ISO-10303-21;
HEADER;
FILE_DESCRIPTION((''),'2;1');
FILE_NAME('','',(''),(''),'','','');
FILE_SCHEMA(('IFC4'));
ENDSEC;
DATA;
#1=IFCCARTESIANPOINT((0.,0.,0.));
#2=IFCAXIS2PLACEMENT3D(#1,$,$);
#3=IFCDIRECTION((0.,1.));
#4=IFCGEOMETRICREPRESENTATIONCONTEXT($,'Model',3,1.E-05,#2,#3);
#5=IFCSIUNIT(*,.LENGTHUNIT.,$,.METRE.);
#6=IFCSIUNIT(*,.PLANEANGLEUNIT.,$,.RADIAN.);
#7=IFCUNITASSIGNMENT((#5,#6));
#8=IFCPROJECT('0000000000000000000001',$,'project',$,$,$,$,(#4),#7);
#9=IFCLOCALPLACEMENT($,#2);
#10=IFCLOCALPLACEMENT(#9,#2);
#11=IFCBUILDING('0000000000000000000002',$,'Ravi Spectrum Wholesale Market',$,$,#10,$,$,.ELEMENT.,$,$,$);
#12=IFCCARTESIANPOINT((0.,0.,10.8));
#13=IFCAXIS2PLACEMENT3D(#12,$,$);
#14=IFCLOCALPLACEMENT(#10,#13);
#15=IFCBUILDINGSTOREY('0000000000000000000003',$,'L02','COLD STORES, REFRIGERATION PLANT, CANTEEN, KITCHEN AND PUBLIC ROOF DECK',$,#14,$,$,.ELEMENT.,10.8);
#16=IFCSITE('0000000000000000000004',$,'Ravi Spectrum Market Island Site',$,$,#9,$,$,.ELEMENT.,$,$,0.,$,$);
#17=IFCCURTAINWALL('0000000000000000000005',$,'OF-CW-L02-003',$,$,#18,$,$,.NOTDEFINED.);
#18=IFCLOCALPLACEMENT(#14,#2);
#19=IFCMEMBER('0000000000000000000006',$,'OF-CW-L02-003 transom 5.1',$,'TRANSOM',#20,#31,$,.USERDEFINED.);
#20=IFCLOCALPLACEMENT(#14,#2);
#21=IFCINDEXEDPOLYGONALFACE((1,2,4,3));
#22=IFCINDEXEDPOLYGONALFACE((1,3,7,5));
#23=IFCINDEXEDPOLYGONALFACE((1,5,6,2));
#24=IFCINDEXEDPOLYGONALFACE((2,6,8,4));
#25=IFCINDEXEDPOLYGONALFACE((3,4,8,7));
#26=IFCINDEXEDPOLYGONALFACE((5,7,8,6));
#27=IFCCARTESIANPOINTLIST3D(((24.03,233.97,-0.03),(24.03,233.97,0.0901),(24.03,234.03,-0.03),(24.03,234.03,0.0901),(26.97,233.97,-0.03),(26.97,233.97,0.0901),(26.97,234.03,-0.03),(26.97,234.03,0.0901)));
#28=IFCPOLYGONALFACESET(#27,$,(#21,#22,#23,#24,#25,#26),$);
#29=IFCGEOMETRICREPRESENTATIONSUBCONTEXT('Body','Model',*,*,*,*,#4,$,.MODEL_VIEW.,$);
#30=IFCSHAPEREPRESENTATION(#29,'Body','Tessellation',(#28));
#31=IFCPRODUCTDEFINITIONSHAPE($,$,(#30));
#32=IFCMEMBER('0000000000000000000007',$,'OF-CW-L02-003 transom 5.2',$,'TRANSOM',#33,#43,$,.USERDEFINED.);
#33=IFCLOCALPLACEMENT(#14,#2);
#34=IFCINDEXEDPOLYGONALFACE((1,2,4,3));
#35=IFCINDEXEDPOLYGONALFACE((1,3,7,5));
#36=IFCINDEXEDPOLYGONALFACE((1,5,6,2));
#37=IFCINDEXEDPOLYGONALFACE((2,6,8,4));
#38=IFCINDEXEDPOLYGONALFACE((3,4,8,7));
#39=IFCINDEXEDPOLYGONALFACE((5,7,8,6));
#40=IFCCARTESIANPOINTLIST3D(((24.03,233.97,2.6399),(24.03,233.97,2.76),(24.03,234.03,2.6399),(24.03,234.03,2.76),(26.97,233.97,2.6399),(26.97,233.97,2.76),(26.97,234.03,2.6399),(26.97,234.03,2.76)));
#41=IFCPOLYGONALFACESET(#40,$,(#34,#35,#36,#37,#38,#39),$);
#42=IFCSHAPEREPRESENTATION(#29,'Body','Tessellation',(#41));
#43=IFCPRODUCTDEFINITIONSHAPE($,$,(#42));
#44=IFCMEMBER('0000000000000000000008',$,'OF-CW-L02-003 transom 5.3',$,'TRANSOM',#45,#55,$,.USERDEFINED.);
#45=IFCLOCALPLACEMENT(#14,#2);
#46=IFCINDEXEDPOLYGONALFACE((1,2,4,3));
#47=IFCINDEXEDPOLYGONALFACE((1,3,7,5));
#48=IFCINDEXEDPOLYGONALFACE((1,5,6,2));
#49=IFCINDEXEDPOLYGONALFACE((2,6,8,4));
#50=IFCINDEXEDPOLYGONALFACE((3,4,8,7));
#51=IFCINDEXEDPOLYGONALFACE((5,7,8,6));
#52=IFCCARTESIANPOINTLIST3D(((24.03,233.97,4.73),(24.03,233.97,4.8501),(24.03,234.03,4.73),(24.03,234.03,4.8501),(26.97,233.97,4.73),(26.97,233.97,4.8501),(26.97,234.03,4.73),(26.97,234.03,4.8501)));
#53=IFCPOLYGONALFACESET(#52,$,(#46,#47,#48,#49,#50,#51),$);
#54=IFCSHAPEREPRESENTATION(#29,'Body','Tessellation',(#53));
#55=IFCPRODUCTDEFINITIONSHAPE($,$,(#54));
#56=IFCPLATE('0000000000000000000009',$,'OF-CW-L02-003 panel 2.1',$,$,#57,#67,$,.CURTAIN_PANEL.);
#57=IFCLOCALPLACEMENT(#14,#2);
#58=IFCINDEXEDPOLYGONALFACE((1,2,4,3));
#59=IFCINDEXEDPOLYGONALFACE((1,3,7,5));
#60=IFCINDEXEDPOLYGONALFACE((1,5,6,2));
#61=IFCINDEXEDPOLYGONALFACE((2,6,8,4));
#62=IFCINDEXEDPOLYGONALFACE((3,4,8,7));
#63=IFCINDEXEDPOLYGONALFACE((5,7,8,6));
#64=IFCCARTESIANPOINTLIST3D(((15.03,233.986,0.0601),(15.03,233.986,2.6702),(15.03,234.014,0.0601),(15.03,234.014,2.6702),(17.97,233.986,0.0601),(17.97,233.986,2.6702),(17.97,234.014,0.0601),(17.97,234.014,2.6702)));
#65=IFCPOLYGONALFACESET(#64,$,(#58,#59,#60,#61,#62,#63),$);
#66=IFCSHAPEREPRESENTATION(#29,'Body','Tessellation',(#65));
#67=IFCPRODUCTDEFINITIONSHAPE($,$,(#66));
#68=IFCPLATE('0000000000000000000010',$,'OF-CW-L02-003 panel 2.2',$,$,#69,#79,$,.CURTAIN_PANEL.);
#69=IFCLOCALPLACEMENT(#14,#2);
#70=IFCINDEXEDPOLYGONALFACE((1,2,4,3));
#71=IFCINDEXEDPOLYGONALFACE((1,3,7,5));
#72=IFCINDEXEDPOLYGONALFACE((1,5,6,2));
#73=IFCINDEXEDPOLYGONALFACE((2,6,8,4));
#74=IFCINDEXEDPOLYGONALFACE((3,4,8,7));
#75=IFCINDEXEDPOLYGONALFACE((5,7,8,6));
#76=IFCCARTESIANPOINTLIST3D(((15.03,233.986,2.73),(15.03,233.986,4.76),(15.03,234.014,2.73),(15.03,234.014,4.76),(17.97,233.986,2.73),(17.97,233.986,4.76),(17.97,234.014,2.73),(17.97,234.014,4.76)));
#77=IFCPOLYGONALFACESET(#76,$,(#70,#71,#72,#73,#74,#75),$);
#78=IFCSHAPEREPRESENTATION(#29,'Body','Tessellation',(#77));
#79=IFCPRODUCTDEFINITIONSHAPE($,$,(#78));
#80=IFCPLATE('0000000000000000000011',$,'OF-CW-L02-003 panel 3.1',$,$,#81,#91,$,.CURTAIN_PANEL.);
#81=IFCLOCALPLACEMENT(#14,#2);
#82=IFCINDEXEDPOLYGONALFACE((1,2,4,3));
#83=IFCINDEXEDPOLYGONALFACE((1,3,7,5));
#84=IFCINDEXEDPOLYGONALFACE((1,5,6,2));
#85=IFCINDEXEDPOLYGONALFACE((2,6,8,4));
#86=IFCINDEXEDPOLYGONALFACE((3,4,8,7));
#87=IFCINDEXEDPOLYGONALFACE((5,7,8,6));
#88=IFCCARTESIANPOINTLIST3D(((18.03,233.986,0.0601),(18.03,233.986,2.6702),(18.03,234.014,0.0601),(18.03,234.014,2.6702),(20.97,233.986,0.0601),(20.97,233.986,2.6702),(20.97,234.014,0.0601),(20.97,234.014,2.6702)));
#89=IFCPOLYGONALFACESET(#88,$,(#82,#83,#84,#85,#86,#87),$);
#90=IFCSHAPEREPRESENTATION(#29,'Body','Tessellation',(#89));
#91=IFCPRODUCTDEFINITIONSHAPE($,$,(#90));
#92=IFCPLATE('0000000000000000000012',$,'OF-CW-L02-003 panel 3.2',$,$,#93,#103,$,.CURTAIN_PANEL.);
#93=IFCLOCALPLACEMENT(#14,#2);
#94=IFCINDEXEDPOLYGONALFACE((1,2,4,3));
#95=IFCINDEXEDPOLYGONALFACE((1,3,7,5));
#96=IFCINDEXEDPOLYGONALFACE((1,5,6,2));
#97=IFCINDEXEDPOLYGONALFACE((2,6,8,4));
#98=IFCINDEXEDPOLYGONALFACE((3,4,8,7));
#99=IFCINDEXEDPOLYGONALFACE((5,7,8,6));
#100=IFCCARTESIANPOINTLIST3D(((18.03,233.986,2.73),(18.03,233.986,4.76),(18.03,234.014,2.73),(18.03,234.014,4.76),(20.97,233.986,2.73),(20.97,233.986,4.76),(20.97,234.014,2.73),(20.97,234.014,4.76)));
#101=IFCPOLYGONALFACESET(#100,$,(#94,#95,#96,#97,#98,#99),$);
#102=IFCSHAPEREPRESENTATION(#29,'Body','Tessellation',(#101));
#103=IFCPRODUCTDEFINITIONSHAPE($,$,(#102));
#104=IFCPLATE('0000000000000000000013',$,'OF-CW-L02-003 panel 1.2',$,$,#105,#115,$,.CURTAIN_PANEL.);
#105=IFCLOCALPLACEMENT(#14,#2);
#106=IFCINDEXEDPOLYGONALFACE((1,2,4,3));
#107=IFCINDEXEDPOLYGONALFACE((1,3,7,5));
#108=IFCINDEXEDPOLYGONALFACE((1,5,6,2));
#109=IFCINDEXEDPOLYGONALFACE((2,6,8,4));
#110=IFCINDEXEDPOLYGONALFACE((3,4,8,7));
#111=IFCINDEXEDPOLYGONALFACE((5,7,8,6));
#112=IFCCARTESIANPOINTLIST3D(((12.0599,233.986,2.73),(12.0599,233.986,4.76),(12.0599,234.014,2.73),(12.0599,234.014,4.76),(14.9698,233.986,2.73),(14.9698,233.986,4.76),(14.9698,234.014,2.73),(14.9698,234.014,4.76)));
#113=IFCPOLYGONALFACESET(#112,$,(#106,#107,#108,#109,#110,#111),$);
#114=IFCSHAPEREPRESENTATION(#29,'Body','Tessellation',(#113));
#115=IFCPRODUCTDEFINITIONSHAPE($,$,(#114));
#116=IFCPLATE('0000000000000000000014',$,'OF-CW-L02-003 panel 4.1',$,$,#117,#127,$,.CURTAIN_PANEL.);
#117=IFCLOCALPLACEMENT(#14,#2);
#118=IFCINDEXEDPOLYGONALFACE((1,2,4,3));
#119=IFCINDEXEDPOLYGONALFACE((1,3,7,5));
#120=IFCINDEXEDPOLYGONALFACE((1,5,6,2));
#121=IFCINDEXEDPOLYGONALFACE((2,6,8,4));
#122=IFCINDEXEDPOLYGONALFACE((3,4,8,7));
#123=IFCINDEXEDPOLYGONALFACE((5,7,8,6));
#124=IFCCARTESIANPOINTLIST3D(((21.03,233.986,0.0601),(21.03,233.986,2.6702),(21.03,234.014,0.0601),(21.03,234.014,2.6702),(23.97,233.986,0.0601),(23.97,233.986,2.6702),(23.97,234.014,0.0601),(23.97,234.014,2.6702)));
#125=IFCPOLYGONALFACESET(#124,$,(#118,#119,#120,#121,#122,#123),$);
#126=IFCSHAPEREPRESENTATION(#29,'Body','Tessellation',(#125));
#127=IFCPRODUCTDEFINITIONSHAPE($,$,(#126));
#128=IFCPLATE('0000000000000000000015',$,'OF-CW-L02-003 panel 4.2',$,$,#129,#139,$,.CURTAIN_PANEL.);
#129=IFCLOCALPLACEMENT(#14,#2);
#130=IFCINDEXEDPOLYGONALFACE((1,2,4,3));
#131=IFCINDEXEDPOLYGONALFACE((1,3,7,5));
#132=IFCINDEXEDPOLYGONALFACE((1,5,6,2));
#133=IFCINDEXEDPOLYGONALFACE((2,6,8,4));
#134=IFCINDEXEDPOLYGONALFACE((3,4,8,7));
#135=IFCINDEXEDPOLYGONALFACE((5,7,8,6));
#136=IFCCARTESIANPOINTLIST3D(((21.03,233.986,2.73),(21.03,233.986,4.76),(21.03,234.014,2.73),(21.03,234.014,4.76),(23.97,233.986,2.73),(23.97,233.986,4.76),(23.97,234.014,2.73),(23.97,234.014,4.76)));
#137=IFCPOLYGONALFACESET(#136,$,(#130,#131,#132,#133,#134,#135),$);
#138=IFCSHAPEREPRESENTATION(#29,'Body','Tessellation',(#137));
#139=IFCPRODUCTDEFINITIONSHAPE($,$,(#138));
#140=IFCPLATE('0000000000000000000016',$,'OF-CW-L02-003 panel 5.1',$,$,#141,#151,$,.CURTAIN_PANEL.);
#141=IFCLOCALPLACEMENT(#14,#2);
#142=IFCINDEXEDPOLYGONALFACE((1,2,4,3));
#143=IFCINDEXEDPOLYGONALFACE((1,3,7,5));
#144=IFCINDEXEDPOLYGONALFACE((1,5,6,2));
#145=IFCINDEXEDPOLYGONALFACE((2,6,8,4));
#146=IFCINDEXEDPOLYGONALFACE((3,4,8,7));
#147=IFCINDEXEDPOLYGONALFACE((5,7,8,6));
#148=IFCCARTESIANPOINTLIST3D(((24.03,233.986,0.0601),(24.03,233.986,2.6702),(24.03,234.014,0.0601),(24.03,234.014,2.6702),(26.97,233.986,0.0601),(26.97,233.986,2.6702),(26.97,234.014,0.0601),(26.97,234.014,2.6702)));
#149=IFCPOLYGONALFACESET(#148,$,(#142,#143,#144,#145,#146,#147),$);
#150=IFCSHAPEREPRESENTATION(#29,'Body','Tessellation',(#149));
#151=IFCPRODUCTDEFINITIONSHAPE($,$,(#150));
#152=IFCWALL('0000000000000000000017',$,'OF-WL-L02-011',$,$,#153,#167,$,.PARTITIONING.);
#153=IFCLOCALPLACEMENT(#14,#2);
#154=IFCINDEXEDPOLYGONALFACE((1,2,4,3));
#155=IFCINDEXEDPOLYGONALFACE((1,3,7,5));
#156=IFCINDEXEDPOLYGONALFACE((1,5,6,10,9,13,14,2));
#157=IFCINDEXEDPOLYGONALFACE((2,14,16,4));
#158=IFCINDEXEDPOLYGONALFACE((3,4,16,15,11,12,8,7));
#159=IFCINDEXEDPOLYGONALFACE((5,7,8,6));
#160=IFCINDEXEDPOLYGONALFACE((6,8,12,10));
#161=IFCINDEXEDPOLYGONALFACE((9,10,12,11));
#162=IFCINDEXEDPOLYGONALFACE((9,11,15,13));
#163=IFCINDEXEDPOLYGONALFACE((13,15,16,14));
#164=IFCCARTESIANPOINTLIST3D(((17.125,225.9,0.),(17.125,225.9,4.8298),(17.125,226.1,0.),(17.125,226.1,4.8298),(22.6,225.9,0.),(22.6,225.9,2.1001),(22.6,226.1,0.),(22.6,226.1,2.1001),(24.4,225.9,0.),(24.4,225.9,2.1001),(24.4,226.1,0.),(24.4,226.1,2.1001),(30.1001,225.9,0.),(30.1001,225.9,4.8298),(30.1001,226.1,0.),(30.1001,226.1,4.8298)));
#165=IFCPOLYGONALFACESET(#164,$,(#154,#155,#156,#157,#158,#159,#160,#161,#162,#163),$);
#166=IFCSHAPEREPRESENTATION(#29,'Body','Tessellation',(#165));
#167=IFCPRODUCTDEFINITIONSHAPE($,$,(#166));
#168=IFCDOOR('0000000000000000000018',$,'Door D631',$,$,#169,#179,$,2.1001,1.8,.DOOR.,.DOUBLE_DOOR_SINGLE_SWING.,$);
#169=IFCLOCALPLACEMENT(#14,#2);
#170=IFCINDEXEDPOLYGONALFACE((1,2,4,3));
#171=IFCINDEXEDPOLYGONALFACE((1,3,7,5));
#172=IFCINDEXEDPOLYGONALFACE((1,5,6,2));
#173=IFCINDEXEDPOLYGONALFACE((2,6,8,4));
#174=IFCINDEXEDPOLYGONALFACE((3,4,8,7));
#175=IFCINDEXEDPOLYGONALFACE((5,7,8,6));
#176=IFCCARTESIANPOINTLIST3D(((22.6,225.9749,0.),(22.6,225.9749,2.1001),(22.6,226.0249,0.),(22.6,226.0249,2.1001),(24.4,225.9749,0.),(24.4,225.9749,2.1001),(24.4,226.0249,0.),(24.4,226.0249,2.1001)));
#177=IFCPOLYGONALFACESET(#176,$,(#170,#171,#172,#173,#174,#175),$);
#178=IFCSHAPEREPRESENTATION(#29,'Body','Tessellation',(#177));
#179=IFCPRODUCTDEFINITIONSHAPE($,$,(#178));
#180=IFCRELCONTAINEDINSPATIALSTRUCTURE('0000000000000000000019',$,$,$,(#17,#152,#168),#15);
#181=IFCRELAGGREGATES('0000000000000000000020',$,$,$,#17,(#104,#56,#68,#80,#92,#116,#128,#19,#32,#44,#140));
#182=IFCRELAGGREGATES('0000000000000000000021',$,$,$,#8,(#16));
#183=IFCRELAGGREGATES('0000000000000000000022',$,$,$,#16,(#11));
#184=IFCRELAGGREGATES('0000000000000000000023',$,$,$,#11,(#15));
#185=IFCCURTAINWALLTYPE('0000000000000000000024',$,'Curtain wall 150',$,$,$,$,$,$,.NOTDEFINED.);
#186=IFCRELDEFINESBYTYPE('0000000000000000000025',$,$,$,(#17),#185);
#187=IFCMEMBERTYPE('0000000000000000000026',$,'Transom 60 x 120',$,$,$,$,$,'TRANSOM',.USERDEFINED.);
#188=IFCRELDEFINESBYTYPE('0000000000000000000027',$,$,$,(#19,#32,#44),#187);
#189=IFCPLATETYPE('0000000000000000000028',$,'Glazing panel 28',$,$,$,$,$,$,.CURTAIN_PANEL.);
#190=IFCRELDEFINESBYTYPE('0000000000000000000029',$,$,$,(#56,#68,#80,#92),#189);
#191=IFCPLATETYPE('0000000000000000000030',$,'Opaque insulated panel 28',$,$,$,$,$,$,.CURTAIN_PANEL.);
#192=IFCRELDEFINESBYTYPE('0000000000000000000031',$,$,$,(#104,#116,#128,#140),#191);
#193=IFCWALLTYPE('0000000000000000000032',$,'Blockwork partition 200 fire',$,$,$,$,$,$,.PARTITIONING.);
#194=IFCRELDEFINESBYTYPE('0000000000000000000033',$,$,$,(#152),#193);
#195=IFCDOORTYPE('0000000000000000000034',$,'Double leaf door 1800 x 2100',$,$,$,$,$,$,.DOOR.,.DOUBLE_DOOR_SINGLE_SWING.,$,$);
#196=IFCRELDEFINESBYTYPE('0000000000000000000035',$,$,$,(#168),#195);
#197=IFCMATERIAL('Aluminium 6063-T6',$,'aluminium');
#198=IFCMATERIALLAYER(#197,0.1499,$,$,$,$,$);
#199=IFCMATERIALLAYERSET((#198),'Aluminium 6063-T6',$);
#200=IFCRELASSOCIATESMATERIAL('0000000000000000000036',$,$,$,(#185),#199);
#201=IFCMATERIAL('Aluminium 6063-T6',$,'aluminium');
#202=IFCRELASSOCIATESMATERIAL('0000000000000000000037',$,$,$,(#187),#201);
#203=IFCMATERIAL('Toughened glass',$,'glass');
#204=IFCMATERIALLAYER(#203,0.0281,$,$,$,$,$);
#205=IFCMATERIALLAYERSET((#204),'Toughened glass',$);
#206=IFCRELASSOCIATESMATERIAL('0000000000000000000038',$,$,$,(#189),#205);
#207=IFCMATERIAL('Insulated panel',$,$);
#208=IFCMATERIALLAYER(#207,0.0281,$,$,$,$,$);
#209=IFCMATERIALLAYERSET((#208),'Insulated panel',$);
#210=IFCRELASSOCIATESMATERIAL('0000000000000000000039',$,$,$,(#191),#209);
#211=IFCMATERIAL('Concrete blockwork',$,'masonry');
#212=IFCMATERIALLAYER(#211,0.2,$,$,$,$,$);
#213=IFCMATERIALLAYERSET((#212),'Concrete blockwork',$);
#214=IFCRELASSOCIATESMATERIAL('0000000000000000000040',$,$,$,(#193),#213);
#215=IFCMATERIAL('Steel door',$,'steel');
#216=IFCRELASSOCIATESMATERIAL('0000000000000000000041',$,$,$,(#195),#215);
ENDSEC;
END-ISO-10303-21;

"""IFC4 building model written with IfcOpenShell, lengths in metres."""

from ifc_helpers import new_model, si_unit, direction, frame, frame_2d, origin, origin_2d, place, context, subcontext, project, spatial, rectangle, extrude, material, layer, layer_set, material_profile, profile_set, type_object, element, fill, aggregate, save


model = new_model("IFC4")

# Units and contexts
model_context = context("Model", 3, precision=1e-05, world=origin(), true_north=direction((0.0, 1.0)))
body_context = subcontext(model_context, "Body", "Model", "MODEL_VIEW")
ifc_project = project(units=[si_unit("LENGTHUNIT", "METRE"), si_unit("PLANEANGLEUNIT", "RADIAN")], contexts=[model_context])

# Site, building, storey
site_placement = place(None, origin())
site = spatial("IfcSite", under=ifc_project, at=site_placement, Name="Ravi Spectrum Market Island Site", CompositionType="ELEMENT", RefElevation=0.0)
building_placement = place(site_placement, origin())
building = spatial("IfcBuilding", under=site, at=building_placement, Name="Ravi Spectrum Wholesale Market", CompositionType="ELEMENT")
storey_placement = place(building_placement, frame((0.0, 0.0, 10.8)))
storey = spatial("IfcBuildingStorey", under=building, at=storey_placement, Name="L02", Description="COLD STORES, REFRIGERATION PLANT, CANTEEN, KITCHEN AND PUBLIC ROOF DECK", CompositionType="ELEMENT", Elevation=10.8)

# Curtain wall, members, plates
ifc_material_1 = material(Name="Aluminium 6063-T6", Category="aluminium")
ifc_layer_1 = layer(ifc_material_1, 0.1499)
ifc_layer_set_1 = layer_set([ifc_layer_1], Name="Aluminium 6063-T6")
curtain_wall_type = type_object("IfcCurtainWallType", Name="Curtain wall 150", PredefinedType="NOTDEFINED", material=ifc_layer_set_1)
curtain_wall_placement = place(storey_placement, origin())
curtain_wall = element("IfcCurtainWall", 1, at=curtain_wall_placement, inside=storey, type_object=curtain_wall_type, Name="OF-CW-L02-003", PredefinedType="NOTDEFINED")
ifc_material_2 = material(Name="Aluminium 6063-T6", Category="aluminium")
ifc_material_profile_1 = material_profile(ifc_material_2, rectangle(XDim=0.0601, YDim=0.1201, at=origin_2d()))
ifc_profile_set_1 = profile_set([ifc_material_profile_1], Name="Aluminium 6063-T6")
member_type_1 = type_object("IfcMemberType", Name="Transom 60 x 120", ElementType="TRANSOM", PredefinedType="USERDEFINED", material=ifc_profile_set_1)
member_1_placement = place(storey_placement, frame((24.03, 234.0, 0.03), z_axis=(1.0, 0.0, 0.0), x_axis=(0.0, 1.0, 0.0)))
member_1 = element("IfcMember", 2, at=member_1_placement, type_object=member_type_1, Name="OF-CW-L02-003 transom 5.1", ObjectType="TRANSOM", PredefinedType="USERDEFINED", context=body_context, shape_type="SweptSolid", body=[
    extrude(rectangle(XDim=0.0601, YDim=0.1201, at=origin_2d()), origin(), (0.0, 0.0, 1.0), 2.9399),
])
member_2_placement = place(storey_placement, frame((24.03, 234.0, 2.7), z_axis=(1.0, 0.0, 0.0), x_axis=(0.0, 1.0, 0.0)))
member_2 = element("IfcMember", 3, at=member_2_placement, type_object=member_type_1, Name="OF-CW-L02-003 transom 5.2", ObjectType="TRANSOM", PredefinedType="USERDEFINED", context=body_context, shape_type="SweptSolid", body=[
    extrude(rectangle(XDim=0.0601, YDim=0.1201, at=origin_2d()), origin(), (0.0, 0.0, 1.0), 2.9399),
])
member_3_placement = place(storey_placement, frame((24.03, 234.0, 4.79), z_axis=(1.0, 0.0, 0.0), x_axis=(0.0, 1.0, 0.0)))
member_3 = element("IfcMember", 4, at=member_3_placement, type_object=member_type_1, Name="OF-CW-L02-003 transom 5.3", ObjectType="TRANSOM", PredefinedType="USERDEFINED", context=body_context, shape_type="SweptSolid", body=[
    extrude(rectangle(XDim=0.0601, YDim=0.1201, at=origin_2d()), origin(), (0.0, 0.0, 1.0), 2.9399),
])
ifc_material_3 = material(Name="Toughened glass", Category="glass")
ifc_layer_2 = layer(ifc_material_3, 0.0281)
ifc_layer_set_2 = layer_set([ifc_layer_2], Name="Toughened glass")
plate_type_1 = type_object("IfcPlateType", Name="Glazing panel 28", PredefinedType="CURTAIN_PANEL", material=ifc_layer_set_2)
plate_1_placement = place(storey_placement, frame((16.5, 234.0, 0.0601), z_axis=(0.0, 0.0, 1.0), x_axis=(1.0, 0.0, 0.0)))
plate_1 = element("IfcPlate", 5, at=plate_1_placement, type_object=plate_type_1, Name="OF-CW-L02-003 panel 2.1", PredefinedType="CURTAIN_PANEL", context=body_context, shape_type="SweptSolid", body=[
    extrude(rectangle(XDim=2.9399, YDim=0.0281, at=origin_2d()), origin(), (0.0, 0.0, 1.0), 2.6101),
])
plate_2_placement = place(storey_placement, frame((16.5, 234.0, 2.73), z_axis=(0.0, 0.0, 1.0), x_axis=(1.0, 0.0, 0.0)))
plate_2 = element("IfcPlate", 6, at=plate_2_placement, type_object=plate_type_1, Name="OF-CW-L02-003 panel 2.2", PredefinedType="CURTAIN_PANEL", context=body_context, shape_type="SweptSolid", body=[
    extrude(rectangle(XDim=2.9399, YDim=0.0281, at=origin_2d()), origin(), (0.0, 0.0, 1.0), 2.03),
])
plate_3_placement = place(storey_placement, frame((19.5, 234.0, 0.0601), z_axis=(0.0, 0.0, 1.0), x_axis=(1.0, 0.0, 0.0)))
plate_3 = element("IfcPlate", 7, at=plate_3_placement, type_object=plate_type_1, Name="OF-CW-L02-003 panel 3.1", PredefinedType="CURTAIN_PANEL", context=body_context, shape_type="SweptSolid", body=[
    extrude(rectangle(XDim=2.9399, YDim=0.0281, at=origin_2d()), origin(), (0.0, 0.0, 1.0), 2.6101),
])
plate_4_placement = place(storey_placement, frame((19.5, 234.0, 2.73), z_axis=(0.0, 0.0, 1.0), x_axis=(1.0, 0.0, 0.0)))
plate_4 = element("IfcPlate", 8, at=plate_4_placement, type_object=plate_type_1, Name="OF-CW-L02-003 panel 3.2", PredefinedType="CURTAIN_PANEL", context=body_context, shape_type="SweptSolid", body=[
    extrude(rectangle(XDim=2.9399, YDim=0.0281, at=origin_2d()), origin(), (0.0, 0.0, 1.0), 2.03),
])
ifc_material_4 = material(Name="Insulated panel")
ifc_layer_3 = layer(ifc_material_4, 0.0281)
ifc_layer_set_3 = layer_set([ifc_layer_3], Name="Insulated panel")
plate_type_2 = type_object("IfcPlateType", Name="Opaque insulated panel 28", PredefinedType="CURTAIN_PANEL", material=ifc_layer_set_3)
plate_5_placement = place(storey_placement, frame((13.5149, 234.0, 2.73), z_axis=(0.0, 0.0, 1.0), x_axis=(1.0, 0.0, 0.0)))
plate_5 = element("IfcPlate", 9, at=plate_5_placement, type_object=plate_type_2, Name="OF-CW-L02-003 panel 1.2", PredefinedType="CURTAIN_PANEL", context=body_context, shape_type="SweptSolid", body=[
    extrude(rectangle(XDim=2.9099, YDim=0.0281, at=origin_2d()), origin(), (0.0, 0.0, 1.0), 2.03),
])
plate_6_placement = place(storey_placement, frame((22.5, 234.0, 0.0601), z_axis=(0.0, 0.0, 1.0), x_axis=(1.0, 0.0, 0.0)))
plate_6 = element("IfcPlate", 10, at=plate_6_placement, type_object=plate_type_2, Name="OF-CW-L02-003 panel 4.1", PredefinedType="CURTAIN_PANEL", context=body_context, shape_type="SweptSolid", body=[
    extrude(rectangle(XDim=2.9399, YDim=0.0281, at=origin_2d()), origin(), (0.0, 0.0, 1.0), 2.6101),
])
plate_7_placement = place(storey_placement, frame((22.5, 234.0, 2.73), z_axis=(0.0, 0.0, 1.0), x_axis=(1.0, 0.0, 0.0)))
plate_7 = element("IfcPlate", 11, at=plate_7_placement, type_object=plate_type_2, Name="OF-CW-L02-003 panel 4.2", PredefinedType="CURTAIN_PANEL", context=body_context, shape_type="SweptSolid", body=[
    extrude(rectangle(XDim=2.9399, YDim=0.0281, at=origin_2d()), origin(), (0.0, 0.0, 1.0), 2.03),
])
plate_8_placement = place(storey_placement, frame((25.5, 234.0, 0.0601), z_axis=(0.0, 0.0, 1.0), x_axis=(1.0, 0.0, 0.0)))
plate_8 = element("IfcPlate", 12, at=plate_8_placement, type_object=plate_type_2, Name="OF-CW-L02-003 panel 5.1", PredefinedType="CURTAIN_PANEL", context=body_context, shape_type="SweptSolid", body=[
    extrude(rectangle(XDim=2.9399, YDim=0.0281, at=origin_2d()), origin(), (0.0, 0.0, 1.0), 2.6101),
])
aggregate(curtain_wall, [plate_5, plate_1, plate_2, plate_3, plate_4, plate_6, plate_7, member_1, member_2, member_3, plate_8])

# Wall, opening, door
ifc_material_5 = material(Name="Concrete blockwork", Category="masonry")
ifc_layer_4 = layer(ifc_material_5, 0.2)
ifc_layer_set_4 = layer_set([ifc_layer_4], Name="Concrete blockwork")
wall_type_1 = type_object("IfcWallType", Name="Blockwork partition 200 fire", PredefinedType="PARTITIONING", material=ifc_layer_set_4)
wall_1_placement = place(storey_placement, frame((17.125, 226.0, 0.0), z_axis=(0.0, 0.0, 1.0), x_axis=(1.0, 0.0, 0.0)))
wall_1 = element("IfcWall", 13, at=wall_1_placement, inside=storey, type_object=wall_type_1, Name="OF-WL-L02-011", PredefinedType="PARTITIONING", context=body_context, shape_type="SweptSolid", body=[
    extrude(rectangle(XDim=12.9751, YDim=0.2, at=frame_2d((6.4875, 0.0))), origin(), (0.0, 0.0, 1.0), 4.8298),
])
opening_placement = place(wall_1_placement, frame((5.4751, 0.0, 0.0)))
opening = element("IfcOpeningElement", 14, at=opening_placement, cuts=wall_1, PredefinedType="OPENING", context=body_context, shape_type="SweptSolid", body=[
    extrude(rectangle(XDim=1.8, YDim=2.1001, at=frame_2d((0.8999, 1.05))), frame((0.0, 0.1099, 0.0), z_axis=(0.0, -1.0, 0.0), x_axis=(1.0, 0.0, 0.0)), (0.0, 0.0, 1.0), 0.22),
])
ifc_material_6 = material(Name="Steel door", Category="steel")
door_type = type_object("IfcDoorType", Name="Double leaf door 1800 x 2100", OperationType="DOUBLE_DOOR_SINGLE_SWING", PredefinedType="DOOR", material=ifc_material_6)
door_placement = place(opening_placement, origin())
door = element("IfcDoor", 15, at=door_placement, inside=storey, type_object=door_type, Name="Door D631", OperationType="DOUBLE_DOOR_SINGLE_SWING", OverallHeight=2.1001, OverallWidth=1.8, PredefinedType="DOOR", context=body_context, shape_type="SweptSolid", body=[
    extrude(rectangle(XDim=1.8, YDim=2.1001, at=frame_2d((0.8999, 1.05))), frame((0.0, 0.0249, 0.0), z_axis=(0.0, -1.0, 0.0), x_axis=(1.0, 0.0, 0.0)), (0.0, 0.0, 1.0), 0.05),
])
fill(opening, door)

save(model, "model.ifc")
